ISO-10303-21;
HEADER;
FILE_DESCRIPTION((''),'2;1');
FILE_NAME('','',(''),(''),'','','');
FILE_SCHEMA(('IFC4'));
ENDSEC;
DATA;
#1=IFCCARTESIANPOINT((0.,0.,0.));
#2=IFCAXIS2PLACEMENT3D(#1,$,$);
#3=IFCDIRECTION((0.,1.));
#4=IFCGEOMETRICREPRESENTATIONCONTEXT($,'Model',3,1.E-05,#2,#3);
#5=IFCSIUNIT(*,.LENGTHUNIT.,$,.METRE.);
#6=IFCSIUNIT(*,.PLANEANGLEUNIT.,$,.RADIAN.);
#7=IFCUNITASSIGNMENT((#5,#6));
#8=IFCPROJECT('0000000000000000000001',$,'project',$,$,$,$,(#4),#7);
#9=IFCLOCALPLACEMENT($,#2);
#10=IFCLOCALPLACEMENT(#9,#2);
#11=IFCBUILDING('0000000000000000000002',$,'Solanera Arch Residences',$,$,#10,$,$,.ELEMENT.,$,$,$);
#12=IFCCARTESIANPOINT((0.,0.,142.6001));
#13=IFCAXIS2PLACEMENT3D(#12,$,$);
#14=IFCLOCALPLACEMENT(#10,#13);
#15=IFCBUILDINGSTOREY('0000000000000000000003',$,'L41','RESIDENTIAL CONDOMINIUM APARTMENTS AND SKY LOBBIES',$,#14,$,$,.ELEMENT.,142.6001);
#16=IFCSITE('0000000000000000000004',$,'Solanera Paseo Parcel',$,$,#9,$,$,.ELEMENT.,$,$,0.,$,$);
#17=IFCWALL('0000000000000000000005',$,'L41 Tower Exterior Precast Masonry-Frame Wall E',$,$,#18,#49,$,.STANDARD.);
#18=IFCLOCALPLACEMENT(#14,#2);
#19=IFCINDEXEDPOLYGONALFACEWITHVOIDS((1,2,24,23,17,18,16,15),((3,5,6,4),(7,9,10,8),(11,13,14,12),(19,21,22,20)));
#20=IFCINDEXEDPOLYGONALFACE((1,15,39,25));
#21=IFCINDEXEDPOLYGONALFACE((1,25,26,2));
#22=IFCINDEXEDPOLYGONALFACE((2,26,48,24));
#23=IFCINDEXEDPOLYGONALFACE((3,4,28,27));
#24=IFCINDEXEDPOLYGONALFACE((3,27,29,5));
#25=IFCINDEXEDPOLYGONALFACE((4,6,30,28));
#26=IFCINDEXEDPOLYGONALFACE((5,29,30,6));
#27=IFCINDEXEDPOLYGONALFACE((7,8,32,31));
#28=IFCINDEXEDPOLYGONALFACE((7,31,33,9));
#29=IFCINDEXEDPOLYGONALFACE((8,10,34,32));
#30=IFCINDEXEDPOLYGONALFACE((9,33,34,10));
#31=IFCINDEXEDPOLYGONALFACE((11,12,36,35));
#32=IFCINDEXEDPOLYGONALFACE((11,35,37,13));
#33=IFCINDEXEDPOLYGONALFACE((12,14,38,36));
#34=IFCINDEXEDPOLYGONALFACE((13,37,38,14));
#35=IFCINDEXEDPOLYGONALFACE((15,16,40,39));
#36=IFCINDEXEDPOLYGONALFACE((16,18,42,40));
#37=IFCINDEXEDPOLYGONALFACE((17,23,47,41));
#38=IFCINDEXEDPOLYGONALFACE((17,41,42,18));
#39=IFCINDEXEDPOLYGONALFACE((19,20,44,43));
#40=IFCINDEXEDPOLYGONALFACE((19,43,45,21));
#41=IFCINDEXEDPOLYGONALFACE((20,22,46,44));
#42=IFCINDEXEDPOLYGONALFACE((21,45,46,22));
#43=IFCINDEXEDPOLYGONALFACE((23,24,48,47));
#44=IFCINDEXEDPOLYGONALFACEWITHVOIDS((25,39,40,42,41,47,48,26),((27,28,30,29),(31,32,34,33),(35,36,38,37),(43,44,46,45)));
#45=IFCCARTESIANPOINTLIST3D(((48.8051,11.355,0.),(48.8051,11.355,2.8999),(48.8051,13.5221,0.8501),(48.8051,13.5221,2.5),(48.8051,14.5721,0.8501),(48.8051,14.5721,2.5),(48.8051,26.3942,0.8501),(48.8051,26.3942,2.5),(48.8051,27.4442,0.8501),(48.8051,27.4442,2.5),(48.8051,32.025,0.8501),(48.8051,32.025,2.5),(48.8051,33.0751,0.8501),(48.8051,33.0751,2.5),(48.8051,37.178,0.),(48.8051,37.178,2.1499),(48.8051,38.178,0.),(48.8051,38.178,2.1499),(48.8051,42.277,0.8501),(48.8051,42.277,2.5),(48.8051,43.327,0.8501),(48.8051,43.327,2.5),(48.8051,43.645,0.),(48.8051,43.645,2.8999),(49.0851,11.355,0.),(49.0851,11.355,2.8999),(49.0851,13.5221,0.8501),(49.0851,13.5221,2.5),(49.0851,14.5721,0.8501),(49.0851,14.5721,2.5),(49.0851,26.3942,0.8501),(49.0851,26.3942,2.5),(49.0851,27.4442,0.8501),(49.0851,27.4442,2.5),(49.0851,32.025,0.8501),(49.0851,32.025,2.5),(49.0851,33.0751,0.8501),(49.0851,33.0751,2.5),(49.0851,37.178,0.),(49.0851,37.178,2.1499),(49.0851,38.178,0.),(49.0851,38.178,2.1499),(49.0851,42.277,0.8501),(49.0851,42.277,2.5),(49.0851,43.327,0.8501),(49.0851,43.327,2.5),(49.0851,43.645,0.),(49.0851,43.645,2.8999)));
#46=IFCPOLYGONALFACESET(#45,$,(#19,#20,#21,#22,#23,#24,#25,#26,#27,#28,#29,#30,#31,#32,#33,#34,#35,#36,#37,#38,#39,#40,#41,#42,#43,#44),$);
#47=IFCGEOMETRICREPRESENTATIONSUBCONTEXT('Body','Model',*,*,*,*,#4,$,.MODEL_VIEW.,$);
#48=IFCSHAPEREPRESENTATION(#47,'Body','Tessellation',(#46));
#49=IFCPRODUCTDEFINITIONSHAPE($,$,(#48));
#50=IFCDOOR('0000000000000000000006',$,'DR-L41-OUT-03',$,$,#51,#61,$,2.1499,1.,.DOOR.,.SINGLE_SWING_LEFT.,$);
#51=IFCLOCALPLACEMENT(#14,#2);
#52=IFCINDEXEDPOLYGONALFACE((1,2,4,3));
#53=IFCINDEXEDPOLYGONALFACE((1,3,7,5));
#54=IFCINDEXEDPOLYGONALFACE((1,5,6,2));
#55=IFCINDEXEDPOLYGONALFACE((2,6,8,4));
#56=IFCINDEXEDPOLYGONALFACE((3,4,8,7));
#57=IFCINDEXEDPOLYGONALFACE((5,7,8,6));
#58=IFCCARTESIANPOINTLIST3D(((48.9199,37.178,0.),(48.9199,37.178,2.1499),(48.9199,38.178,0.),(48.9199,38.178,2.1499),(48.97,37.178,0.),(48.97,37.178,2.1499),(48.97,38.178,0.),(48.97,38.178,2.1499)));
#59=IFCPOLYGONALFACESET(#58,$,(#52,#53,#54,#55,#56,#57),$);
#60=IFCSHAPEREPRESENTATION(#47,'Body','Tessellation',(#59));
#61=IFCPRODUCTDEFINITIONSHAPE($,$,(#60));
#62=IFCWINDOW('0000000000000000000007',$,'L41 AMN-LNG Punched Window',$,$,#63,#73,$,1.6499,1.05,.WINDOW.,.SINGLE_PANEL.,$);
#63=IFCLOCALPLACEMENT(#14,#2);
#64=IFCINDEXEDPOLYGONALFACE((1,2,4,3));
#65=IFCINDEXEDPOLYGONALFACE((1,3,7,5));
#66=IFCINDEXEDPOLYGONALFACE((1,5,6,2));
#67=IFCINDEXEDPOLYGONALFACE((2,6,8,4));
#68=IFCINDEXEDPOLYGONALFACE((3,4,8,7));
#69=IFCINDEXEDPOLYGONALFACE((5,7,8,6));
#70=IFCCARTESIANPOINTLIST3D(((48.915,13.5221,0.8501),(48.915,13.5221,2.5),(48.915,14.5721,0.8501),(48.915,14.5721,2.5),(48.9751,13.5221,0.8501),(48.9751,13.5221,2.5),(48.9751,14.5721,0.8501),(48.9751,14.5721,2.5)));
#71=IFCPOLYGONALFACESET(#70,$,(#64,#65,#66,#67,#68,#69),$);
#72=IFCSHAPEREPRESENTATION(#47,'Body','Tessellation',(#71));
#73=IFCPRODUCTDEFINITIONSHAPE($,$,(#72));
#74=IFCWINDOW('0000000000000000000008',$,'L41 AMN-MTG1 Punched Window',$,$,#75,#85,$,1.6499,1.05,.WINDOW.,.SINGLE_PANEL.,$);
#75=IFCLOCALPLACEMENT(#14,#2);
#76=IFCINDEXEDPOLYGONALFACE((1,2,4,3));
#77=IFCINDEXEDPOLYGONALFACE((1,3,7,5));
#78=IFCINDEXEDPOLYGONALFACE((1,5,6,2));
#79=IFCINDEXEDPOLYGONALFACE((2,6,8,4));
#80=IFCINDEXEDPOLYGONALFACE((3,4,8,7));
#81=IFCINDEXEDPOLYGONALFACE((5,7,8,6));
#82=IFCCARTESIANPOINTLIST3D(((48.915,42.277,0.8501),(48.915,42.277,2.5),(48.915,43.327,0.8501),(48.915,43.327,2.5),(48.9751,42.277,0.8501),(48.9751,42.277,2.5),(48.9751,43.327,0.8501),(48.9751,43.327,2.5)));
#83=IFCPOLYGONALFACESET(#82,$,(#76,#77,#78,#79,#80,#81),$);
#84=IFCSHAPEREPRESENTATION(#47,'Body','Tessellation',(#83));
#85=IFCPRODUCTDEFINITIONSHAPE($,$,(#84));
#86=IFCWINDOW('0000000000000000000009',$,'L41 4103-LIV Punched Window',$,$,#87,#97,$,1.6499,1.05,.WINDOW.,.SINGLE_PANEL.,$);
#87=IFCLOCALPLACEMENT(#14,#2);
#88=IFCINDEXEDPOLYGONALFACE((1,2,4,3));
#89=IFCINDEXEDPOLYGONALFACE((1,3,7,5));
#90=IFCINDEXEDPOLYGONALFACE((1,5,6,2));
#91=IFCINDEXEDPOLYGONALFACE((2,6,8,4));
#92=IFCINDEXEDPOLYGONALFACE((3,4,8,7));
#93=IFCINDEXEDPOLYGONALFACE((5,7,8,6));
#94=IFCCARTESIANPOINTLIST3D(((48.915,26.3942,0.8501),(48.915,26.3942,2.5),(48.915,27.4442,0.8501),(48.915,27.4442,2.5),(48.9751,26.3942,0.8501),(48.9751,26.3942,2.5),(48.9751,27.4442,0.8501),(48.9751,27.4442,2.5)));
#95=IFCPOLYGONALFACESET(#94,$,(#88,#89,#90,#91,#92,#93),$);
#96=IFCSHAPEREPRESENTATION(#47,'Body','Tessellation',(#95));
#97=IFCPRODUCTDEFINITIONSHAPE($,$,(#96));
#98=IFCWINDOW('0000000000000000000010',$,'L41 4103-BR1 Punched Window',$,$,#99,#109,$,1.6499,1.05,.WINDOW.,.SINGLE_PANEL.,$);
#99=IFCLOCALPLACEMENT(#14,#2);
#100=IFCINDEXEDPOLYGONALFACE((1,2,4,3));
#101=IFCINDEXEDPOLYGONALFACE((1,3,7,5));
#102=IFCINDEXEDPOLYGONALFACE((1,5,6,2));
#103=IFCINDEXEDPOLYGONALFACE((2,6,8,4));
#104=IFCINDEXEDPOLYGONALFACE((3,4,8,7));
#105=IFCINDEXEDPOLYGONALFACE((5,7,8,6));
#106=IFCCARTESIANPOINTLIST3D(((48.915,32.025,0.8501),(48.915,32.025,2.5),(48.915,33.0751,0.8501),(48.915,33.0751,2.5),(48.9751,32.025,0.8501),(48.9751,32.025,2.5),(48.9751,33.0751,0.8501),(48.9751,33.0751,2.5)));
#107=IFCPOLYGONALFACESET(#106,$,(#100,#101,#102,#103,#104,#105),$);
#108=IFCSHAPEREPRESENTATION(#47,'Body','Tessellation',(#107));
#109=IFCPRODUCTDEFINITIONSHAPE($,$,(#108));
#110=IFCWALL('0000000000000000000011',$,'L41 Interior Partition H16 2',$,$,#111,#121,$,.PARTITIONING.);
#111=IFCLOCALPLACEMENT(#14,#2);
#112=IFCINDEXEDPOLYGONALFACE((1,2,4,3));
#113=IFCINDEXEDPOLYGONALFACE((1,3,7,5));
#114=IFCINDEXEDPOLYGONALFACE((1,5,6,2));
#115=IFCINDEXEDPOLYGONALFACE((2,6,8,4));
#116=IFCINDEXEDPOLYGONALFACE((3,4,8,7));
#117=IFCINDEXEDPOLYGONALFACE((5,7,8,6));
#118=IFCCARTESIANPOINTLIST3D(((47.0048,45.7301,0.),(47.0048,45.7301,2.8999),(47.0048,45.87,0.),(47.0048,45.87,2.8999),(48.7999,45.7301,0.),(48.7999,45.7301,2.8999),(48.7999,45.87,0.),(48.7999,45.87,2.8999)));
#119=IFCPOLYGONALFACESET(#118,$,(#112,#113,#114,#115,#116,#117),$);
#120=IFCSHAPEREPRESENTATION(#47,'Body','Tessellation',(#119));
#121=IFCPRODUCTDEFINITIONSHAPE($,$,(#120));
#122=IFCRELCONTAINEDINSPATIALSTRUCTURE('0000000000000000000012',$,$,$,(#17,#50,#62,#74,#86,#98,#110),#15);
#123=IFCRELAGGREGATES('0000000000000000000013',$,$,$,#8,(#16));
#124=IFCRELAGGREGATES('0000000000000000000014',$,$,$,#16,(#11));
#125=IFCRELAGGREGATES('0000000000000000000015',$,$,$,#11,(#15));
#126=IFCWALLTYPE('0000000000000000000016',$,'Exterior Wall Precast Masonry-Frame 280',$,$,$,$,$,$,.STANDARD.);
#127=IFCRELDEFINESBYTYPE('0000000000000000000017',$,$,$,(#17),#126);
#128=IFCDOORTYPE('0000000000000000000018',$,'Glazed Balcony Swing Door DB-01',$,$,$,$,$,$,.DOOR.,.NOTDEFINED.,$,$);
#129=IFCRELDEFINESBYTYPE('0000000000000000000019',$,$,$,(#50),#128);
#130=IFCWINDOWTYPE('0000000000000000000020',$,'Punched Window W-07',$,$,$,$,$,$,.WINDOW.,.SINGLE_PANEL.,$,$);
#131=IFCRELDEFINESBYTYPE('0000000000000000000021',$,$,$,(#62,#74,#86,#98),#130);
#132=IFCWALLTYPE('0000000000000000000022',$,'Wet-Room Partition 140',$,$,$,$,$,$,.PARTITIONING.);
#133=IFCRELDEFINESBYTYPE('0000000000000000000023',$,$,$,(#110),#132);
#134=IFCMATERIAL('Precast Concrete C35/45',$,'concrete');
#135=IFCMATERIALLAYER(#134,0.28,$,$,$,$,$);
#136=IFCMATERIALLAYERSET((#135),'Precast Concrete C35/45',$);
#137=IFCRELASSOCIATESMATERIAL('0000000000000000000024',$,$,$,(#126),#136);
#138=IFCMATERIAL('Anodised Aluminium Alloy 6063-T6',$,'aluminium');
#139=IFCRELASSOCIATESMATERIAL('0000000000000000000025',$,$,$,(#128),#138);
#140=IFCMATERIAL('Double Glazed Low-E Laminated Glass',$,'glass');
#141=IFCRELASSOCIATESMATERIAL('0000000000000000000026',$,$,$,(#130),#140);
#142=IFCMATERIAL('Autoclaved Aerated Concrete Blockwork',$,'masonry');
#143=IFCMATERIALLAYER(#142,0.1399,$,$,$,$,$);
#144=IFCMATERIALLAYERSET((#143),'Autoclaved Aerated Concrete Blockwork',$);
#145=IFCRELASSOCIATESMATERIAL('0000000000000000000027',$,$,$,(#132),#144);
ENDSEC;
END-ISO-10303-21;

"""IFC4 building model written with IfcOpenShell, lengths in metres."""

from ifc_helpers import new_model, si_unit, direction, frame, frame_2d, origin, place, context, subcontext, project, spatial, rectangle, extrude, material, layer, layer_set, type_object, element, fill, save


model = new_model("IFC4")

# Units and contexts
model_context = context("Model", 3, precision=1e-05, world=origin(), true_north=direction((0.0, 1.0)))
body_context = subcontext(model_context, "Body", "Model", "MODEL_VIEW")
ifc_project = project(units=[si_unit("LENGTHUNIT", "METRE"), si_unit("PLANEANGLEUNIT", "RADIAN")], contexts=[model_context])

# Site, building, storey
site_placement = place(None, origin())
site = spatial("IfcSite", under=ifc_project, at=site_placement, Name="Solanera Paseo Parcel", CompositionType="ELEMENT", RefElevation=0.0)
building_placement = place(site_placement, origin())
building = spatial("IfcBuilding", under=site, at=building_placement, Name="Solanera Arch Residences", CompositionType="ELEMENT")
storey_placement = place(building_placement, frame((0.0, 0.0, 142.6001)))
storey = spatial("IfcBuildingStorey", under=building, at=storey_placement, Name="L41", Description="RESIDENTIAL CONDOMINIUM APARTMENTS AND SKY LOBBIES", CompositionType="ELEMENT", Elevation=142.6001)

# Shared definitions
ifc_material_1 = material(Name="Precast Concrete C35/45", Category="concrete")
ifc_layer_1 = layer(ifc_material_1, 0.28)
ifc_layer_set_1 = layer_set([ifc_layer_1], Name="Precast Concrete C35/45")
wall_type_1 = type_object("IfcWallType", Name="Exterior Wall Precast Masonry-Frame 280", PredefinedType="STANDARD", material=ifc_layer_set_1)

# Wall, openings, door, windows
wall_1_placement = place(storey_placement, frame((48.9451, 43.645, 0.0), z_axis=(0.0, 0.0, 1.0), x_axis=(0.0, -1.0, 0.0)))
wall_1 = element("IfcWall", 1, at=wall_1_placement, inside=storey, type_object=wall_type_1, Name="L41 Tower Exterior Precast Masonry-Frame Wall E", PredefinedType="STANDARD", context=body_context, shape_type="SweptSolid", body=[
    extrude(rectangle(XDim=32.29, YDim=0.28, at=frame_2d((16.145, 0.0))), origin(), (0.0, 0.0, 1.0), 2.8999),
])
opening_1_placement = place(wall_1_placement, frame((5.467, 0.0, 0.0)))
opening_1 = element("IfcOpeningElement", 2, at=opening_1_placement, cuts=wall_1, PredefinedType="OPENING", context=body_context, shape_type="SweptSolid", body=[
    extrude(rectangle(XDim=1.0, YDim=2.1499, at=frame_2d((0.5, 1.075))), frame((0.0, 0.1499, 0.0), z_axis=(0.0, -1.0, 0.0), x_axis=(1.0, 0.0, 0.0)), (0.0, 0.0, 1.0), 0.3),
])
opening_2_placement = place(wall_1_placement, frame((29.073, 0.0, 0.8501)))
opening_2 = element("IfcOpeningElement", 3, at=opening_2_placement, cuts=wall_1, PredefinedType="OPENING", context=body_context, shape_type="SweptSolid", body=[
    extrude(rectangle(XDim=1.05, YDim=1.6499, at=frame_2d((0.5249, 0.825))), frame((0.0, 0.1499, 0.0), z_axis=(0.0, -1.0, 0.0), x_axis=(1.0, 0.0, 0.0)), (0.0, 0.0, 1.0), 0.3),
])
opening_3_placement = place(wall_1_placement, frame((0.3181, 0.0, 0.8501)))
opening_3 = element("IfcOpeningElement", 4, at=opening_3_placement, cuts=wall_1, PredefinedType="OPENING", context=body_context, shape_type="SweptSolid", body=[
    extrude(rectangle(XDim=1.05, YDim=1.6499, at=frame_2d((0.5249, 0.825))), frame((0.0, 0.1499, 0.0), z_axis=(0.0, -1.0, 0.0), x_axis=(1.0, 0.0, 0.0)), (0.0, 0.0, 1.0), 0.3),
])
opening_4_placement = place(wall_1_placement, frame((16.2009, 0.0, 0.8501)))
opening_4 = element("IfcOpeningElement", 5, at=opening_4_placement, cuts=wall_1, PredefinedType="OPENING", context=body_context, shape_type="SweptSolid", body=[
    extrude(rectangle(XDim=1.05, YDim=1.6499, at=frame_2d((0.5249, 0.825))), frame((0.0, 0.1499, 0.0), z_axis=(0.0, -1.0, 0.0), x_axis=(1.0, 0.0, 0.0)), (0.0, 0.0, 1.0), 0.3),
])
opening_5_placement = place(wall_1_placement, frame((10.5701, 0.0, 0.8501)))
opening_5 = element("IfcOpeningElement", 6, at=opening_5_placement, cuts=wall_1, PredefinedType="OPENING", context=body_context, shape_type="SweptSolid", body=[
    extrude(rectangle(XDim=1.05, YDim=1.6499, at=frame_2d((0.5249, 0.825))), frame((0.0, 0.1499, 0.0), z_axis=(0.0, -1.0, 0.0), x_axis=(1.0, 0.0, 0.0)), (0.0, 0.0, 1.0), 0.3),
])
ifc_material_2 = material(Name="Anodised Aluminium Alloy 6063-T6", Category="aluminium")
door_type = type_object("IfcDoorType", Name="Glazed Balcony Swing Door DB-01", OperationType="NOTDEFINED", PredefinedType="DOOR", material=ifc_material_2)
door_placement = place(opening_1_placement, origin())
door = element("IfcDoor", 7, at=door_placement, inside=storey, type_object=door_type, Name="DR-L41-OUT-03", OperationType="SINGLE_SWING_LEFT", OverallHeight=2.1499, OverallWidth=1.0, PredefinedType="DOOR", context=body_context, shape_type="SweptSolid", body=[
    extrude(rectangle(XDim=1.0, YDim=2.1499, at=frame_2d((0.5, 1.075))), frame((0.0, 0.0249, 0.0), z_axis=(0.0, -1.0, 0.0), x_axis=(1.0, 0.0, 0.0)), (0.0, 0.0, 1.0), 0.05),
])
fill(opening_1, door)
ifc_material_3 = material(Name="Double Glazed Low-E Laminated Glass", Category="glass")
window_type = type_object("IfcWindowType", Name="Punched Window W-07", PartitioningType="SINGLE_PANEL", PredefinedType="WINDOW", material=ifc_material_3)
window_1_placement = place(opening_2_placement, origin())
window_1 = element("IfcWindow", 8, at=window_1_placement, inside=storey, type_object=window_type, Name="L41 AMN-LNG Punched Window", OverallHeight=1.6499, OverallWidth=1.05, PartitioningType="SINGLE_PANEL", PredefinedType="WINDOW", context=body_context, shape_type="SweptSolid", body=[
    extrude(rectangle(XDim=1.05, YDim=1.6499, at=frame_2d((0.5249, 0.825))), frame((0.0, 0.03, 0.0), z_axis=(0.0, -1.0, 0.0), x_axis=(1.0, 0.0, 0.0)), (0.0, 0.0, 1.0), 0.0601),
])
fill(opening_2, window_1)
window_2_placement = place(opening_3_placement, origin())
window_2 = element("IfcWindow", 9, at=window_2_placement, inside=storey, type_object=window_type, Name="L41 AMN-MTG1 Punched Window", OverallHeight=1.6499, OverallWidth=1.05, PartitioningType="SINGLE_PANEL", PredefinedType="WINDOW", context=body_context, shape_type="SweptSolid", body=[
    extrude(rectangle(XDim=1.05, YDim=1.6499, at=frame_2d((0.5249, 0.825))), frame((0.0, 0.03, 0.0), z_axis=(0.0, -1.0, 0.0), x_axis=(1.0, 0.0, 0.0)), (0.0, 0.0, 1.0), 0.0601),
])
fill(opening_3, window_2)
window_3_placement = place(opening_4_placement, origin())
window_3 = element("IfcWindow", 10, at=window_3_placement, inside=storey, type_object=window_type, Name="L41 4103-LIV Punched Window", OverallHeight=1.6499, OverallWidth=1.05, PartitioningType="SINGLE_PANEL", PredefinedType="WINDOW", context=body_context, shape_type="SweptSolid", body=[
    extrude(rectangle(XDim=1.05, YDim=1.6499, at=frame_2d((0.5249, 0.825))), frame((0.0, 0.03, 0.0), z_axis=(0.0, -1.0, 0.0), x_axis=(1.0, 0.0, 0.0)), (0.0, 0.0, 1.0), 0.0601),
])
fill(opening_4, window_3)
window_4_placement = place(opening_5_placement, origin())
window_4 = element("IfcWindow", 11, at=window_4_placement, inside=storey, type_object=window_type, Name="L41 4103-BR1 Punched Window", OverallHeight=1.6499, OverallWidth=1.05, PartitioningType="SINGLE_PANEL", PredefinedType="WINDOW", context=body_context, shape_type="SweptSolid", body=[
    extrude(rectangle(XDim=1.05, YDim=1.6499, at=frame_2d((0.5249, 0.825))), frame((0.0, 0.03, 0.0), z_axis=(0.0, -1.0, 0.0), x_axis=(1.0, 0.0, 0.0)), (0.0, 0.0, 1.0), 0.0601),
])
fill(opening_5, window_4)

# Wall
ifc_material_4 = material(Name="Autoclaved Aerated Concrete Blockwork", Category="masonry")
ifc_layer_2 = layer(ifc_material_4, 0.1399)
ifc_layer_set_2 = layer_set([ifc_layer_2], Name="Autoclaved Aerated Concrete Blockwork")
wall_type_2 = type_object("IfcWallType", Name="Wet-Room Partition 140", PredefinedType="PARTITIONING", material=ifc_layer_set_2)
wall_2_placement = place(storey_placement, frame((47.0049, 45.8, 0.0), z_axis=(0.0, 0.0, 1.0), x_axis=(1.0, 0.0, 0.0)))
element("IfcWall", 12, at=wall_2_placement, inside=storey, type_object=wall_type_2, Name="L41 Interior Partition H16 2", PredefinedType="PARTITIONING", context=body_context, shape_type="SweptSolid", body=[
    extrude(rectangle(XDim=1.7952, YDim=0.1399, at=frame_2d((0.8975, 0.0))), origin(), (0.0, 0.0, 1.0), 2.8999),
])

save(model, "model.ifc")
